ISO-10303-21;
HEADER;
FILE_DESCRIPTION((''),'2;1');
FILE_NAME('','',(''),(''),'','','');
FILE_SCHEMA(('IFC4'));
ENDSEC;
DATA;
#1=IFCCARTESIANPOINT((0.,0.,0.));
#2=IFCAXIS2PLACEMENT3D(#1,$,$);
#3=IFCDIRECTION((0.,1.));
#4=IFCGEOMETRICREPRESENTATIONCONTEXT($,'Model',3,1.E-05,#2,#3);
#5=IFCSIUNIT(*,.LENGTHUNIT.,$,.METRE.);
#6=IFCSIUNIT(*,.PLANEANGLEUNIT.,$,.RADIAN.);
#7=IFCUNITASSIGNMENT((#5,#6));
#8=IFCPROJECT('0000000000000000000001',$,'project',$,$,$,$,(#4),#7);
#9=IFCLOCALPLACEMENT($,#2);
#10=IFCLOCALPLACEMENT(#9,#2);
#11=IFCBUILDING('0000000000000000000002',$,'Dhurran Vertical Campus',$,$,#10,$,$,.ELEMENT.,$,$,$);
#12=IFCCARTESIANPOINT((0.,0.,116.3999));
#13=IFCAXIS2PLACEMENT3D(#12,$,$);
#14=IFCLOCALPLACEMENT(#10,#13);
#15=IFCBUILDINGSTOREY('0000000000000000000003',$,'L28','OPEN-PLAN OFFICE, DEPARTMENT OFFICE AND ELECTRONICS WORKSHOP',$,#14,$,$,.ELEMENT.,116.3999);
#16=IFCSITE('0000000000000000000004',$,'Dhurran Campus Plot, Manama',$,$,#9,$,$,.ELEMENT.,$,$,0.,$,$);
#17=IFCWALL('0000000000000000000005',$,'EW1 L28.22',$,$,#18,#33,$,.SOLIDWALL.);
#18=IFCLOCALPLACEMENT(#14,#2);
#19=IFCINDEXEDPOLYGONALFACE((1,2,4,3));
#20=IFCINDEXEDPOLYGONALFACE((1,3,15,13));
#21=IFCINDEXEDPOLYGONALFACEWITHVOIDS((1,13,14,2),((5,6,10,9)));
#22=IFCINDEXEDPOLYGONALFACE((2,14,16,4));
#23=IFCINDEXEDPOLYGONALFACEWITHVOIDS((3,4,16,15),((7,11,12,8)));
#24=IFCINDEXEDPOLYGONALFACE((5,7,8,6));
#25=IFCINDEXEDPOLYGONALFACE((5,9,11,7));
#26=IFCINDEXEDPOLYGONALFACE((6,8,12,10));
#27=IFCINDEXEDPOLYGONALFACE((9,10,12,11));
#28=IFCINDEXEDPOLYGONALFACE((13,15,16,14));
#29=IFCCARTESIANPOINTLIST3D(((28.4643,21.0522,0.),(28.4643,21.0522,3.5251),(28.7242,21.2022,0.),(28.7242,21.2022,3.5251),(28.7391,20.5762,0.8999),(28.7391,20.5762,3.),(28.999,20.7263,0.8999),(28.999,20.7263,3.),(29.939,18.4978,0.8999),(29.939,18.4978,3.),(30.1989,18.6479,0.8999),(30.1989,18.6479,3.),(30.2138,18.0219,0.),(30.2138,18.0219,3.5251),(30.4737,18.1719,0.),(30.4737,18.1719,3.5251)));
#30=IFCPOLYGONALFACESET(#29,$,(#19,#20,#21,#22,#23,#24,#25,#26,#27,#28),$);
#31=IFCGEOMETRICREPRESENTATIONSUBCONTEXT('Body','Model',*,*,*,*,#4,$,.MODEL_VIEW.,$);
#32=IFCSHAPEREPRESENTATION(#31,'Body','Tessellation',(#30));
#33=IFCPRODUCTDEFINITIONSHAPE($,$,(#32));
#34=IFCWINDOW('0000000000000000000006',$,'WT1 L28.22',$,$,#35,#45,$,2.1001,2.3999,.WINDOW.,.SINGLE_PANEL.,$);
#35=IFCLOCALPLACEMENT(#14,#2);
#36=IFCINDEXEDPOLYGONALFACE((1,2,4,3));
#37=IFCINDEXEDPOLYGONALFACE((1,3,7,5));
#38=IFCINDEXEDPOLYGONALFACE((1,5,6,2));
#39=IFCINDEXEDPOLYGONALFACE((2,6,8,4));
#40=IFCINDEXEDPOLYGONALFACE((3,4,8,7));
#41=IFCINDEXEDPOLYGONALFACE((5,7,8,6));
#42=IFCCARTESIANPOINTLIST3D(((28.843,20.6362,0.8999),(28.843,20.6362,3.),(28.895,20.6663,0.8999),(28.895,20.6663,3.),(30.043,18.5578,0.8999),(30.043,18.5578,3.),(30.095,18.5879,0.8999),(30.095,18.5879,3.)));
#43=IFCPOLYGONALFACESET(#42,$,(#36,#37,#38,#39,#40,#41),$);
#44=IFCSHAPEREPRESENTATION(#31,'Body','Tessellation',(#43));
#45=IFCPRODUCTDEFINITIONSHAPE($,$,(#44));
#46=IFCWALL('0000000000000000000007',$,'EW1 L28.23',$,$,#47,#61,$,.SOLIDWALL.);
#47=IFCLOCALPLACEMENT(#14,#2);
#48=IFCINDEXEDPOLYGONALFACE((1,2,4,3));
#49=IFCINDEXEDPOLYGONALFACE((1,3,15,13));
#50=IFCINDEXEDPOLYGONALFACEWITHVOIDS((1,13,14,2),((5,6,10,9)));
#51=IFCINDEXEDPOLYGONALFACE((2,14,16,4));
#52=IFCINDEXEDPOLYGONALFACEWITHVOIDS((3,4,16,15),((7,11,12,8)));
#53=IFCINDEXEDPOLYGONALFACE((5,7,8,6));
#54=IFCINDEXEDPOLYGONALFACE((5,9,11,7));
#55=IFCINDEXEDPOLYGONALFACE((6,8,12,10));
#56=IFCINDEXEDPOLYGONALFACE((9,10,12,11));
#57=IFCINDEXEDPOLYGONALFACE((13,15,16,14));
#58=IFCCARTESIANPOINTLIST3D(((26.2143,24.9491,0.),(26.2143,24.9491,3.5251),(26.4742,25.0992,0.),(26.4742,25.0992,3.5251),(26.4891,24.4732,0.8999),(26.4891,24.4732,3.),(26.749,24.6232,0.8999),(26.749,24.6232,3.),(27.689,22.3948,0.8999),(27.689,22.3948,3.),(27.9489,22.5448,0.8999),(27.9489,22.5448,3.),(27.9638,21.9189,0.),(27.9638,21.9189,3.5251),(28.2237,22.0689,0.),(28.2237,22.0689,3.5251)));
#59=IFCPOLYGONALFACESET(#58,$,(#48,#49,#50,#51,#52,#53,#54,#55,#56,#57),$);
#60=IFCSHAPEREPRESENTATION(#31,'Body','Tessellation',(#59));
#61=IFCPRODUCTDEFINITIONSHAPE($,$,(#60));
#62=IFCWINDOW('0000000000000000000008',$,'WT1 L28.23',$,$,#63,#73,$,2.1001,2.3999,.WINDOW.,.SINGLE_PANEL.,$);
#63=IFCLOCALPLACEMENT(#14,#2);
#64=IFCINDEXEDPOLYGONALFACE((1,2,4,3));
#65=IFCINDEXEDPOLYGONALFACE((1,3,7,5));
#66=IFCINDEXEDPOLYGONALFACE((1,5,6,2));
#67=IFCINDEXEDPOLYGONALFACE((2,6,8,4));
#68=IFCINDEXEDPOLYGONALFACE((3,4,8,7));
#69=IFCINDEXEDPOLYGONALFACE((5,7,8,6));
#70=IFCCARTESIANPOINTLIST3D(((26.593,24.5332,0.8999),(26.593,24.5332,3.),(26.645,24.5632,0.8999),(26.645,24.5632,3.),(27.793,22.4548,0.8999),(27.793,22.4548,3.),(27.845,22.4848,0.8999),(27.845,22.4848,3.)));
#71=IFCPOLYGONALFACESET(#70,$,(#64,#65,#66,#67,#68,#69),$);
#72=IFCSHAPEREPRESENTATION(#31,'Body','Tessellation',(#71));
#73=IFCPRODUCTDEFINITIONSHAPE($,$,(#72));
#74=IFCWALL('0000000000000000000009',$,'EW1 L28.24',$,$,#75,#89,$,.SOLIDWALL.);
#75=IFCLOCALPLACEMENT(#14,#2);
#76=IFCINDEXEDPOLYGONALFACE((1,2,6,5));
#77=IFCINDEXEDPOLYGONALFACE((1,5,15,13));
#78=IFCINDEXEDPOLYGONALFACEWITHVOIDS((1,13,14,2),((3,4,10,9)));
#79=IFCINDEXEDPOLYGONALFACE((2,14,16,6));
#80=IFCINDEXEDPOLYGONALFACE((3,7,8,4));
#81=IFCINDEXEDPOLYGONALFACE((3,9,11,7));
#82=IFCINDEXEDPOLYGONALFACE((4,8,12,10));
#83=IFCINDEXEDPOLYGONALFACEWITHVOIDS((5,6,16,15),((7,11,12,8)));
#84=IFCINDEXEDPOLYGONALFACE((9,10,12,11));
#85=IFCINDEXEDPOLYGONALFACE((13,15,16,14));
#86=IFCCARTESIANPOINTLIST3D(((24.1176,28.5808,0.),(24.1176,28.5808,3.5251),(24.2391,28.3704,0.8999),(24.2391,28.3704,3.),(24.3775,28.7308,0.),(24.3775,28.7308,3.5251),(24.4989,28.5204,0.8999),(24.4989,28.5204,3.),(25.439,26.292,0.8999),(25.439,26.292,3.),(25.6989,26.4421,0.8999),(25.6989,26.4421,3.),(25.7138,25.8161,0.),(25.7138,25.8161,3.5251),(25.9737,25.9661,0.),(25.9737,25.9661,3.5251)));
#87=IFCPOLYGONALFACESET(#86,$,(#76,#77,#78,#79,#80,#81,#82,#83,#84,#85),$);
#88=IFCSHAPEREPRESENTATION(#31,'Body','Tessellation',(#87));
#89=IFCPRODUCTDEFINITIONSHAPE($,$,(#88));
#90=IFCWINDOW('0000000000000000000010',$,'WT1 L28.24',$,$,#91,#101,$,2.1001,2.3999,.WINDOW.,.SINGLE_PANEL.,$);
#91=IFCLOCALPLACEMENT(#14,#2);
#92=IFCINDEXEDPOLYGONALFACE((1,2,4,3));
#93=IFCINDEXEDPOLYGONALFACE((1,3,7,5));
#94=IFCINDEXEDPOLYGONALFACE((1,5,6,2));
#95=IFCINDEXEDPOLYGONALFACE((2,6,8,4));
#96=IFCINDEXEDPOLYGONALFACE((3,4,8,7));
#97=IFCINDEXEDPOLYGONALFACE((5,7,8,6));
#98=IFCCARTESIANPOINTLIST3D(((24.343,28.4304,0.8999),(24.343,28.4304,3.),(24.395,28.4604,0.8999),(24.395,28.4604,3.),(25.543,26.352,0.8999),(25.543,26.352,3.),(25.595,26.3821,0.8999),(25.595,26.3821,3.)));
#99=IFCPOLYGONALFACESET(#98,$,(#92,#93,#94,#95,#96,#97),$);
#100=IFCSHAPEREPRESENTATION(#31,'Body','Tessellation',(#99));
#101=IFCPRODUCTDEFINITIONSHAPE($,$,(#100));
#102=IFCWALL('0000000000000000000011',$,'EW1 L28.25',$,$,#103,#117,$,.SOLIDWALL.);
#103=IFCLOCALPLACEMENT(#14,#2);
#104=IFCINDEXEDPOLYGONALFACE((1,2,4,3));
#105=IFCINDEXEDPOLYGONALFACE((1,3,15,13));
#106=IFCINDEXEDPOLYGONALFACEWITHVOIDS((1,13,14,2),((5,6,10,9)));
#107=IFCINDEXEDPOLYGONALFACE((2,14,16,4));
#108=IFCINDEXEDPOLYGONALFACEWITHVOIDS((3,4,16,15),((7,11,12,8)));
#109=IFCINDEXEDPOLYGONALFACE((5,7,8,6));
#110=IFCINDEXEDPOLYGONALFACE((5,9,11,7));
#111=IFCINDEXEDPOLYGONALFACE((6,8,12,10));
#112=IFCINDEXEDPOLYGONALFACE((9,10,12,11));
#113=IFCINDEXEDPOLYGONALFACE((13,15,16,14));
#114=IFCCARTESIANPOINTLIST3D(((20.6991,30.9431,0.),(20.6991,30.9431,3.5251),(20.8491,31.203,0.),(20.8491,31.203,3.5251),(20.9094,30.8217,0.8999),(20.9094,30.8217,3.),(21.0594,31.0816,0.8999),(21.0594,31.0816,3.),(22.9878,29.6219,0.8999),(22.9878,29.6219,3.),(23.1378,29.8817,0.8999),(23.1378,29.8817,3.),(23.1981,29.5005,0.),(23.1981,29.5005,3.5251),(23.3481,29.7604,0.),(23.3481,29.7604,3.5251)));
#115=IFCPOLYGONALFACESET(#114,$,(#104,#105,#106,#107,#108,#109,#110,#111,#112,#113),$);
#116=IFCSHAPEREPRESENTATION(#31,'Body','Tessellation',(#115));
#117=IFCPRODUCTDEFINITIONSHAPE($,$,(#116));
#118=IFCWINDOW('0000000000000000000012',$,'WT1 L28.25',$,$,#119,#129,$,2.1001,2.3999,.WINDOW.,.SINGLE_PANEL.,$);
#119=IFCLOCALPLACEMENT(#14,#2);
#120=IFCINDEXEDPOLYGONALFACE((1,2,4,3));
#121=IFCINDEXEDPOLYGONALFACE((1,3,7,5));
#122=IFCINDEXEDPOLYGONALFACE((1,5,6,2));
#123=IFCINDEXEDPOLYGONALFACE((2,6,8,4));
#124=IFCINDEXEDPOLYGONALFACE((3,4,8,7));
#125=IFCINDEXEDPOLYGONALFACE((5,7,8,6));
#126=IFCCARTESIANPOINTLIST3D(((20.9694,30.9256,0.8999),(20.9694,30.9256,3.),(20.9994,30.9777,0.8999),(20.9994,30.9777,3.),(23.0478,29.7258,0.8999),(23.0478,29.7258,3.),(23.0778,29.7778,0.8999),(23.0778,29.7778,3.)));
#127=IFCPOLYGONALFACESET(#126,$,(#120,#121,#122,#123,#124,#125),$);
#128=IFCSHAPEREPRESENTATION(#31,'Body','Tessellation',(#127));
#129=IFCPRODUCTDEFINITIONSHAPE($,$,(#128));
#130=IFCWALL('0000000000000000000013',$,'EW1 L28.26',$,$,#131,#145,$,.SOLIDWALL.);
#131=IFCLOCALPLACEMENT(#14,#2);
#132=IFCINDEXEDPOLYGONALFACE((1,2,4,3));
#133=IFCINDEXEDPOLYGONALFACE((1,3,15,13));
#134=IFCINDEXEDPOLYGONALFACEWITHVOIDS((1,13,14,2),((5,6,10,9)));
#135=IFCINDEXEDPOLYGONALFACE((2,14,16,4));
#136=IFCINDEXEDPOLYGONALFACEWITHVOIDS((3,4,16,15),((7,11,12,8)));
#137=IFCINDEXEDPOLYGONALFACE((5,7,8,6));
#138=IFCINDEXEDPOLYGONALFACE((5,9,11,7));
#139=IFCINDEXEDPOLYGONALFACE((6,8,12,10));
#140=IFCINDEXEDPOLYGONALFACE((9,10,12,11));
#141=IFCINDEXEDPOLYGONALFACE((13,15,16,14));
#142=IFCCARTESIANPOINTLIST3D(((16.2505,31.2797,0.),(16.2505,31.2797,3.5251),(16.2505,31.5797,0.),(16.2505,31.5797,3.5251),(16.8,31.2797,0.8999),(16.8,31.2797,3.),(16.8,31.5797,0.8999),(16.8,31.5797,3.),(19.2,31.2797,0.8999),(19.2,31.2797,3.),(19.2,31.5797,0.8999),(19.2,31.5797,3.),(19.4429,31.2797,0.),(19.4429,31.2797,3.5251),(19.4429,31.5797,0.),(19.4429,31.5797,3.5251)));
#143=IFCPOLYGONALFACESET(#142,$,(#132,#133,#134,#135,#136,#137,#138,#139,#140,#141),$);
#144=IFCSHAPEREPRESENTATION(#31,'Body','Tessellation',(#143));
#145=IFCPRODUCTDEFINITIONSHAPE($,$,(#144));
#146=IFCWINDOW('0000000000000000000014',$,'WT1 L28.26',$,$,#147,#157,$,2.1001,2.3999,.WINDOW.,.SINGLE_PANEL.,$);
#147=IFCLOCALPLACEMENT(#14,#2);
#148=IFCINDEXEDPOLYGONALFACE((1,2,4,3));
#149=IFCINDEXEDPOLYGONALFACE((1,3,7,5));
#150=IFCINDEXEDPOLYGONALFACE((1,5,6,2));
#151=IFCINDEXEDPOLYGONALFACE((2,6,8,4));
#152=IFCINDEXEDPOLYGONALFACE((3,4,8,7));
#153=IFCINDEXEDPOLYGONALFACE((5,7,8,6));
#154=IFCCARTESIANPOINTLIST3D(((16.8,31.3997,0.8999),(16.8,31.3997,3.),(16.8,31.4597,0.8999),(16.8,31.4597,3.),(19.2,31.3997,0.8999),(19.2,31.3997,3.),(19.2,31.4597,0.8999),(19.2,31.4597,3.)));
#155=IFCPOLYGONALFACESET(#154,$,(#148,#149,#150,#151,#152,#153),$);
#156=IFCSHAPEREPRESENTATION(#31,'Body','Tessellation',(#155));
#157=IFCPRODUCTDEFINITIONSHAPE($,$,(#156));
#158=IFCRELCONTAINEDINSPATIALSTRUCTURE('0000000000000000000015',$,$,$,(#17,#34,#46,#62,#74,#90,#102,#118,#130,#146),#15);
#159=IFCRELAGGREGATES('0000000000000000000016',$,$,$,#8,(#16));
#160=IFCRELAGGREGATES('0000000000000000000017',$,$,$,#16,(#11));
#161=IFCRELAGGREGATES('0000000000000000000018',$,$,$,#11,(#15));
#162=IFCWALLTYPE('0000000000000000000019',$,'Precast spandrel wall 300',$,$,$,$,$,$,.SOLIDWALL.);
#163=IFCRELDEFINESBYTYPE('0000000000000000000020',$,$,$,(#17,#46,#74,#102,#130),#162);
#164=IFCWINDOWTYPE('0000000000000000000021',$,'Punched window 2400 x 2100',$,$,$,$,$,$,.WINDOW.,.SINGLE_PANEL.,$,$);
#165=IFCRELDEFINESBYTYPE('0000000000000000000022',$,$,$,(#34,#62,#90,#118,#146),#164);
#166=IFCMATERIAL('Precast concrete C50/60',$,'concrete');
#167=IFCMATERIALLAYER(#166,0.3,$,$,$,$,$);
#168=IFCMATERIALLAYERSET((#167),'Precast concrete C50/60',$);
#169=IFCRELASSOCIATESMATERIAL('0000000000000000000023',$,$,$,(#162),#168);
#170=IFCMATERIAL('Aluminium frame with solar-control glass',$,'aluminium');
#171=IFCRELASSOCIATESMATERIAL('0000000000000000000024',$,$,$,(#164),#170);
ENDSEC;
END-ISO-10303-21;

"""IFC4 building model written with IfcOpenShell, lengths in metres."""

from ifc_helpers import new_model, si_unit, direction, frame, frame_2d, origin, place, context, subcontext, project, spatial, rectangle, extrude, material, layer, layer_set, type_object, element, fill, save


model = new_model("IFC4")

# Units and contexts
model_context = context("Model", 3, precision=1e-05, world=origin(), true_north=direction((0.0, 1.0)))
body_context = subcontext(model_context, "Body", "Model", "MODEL_VIEW")
ifc_project = project(units=[si_unit("LENGTHUNIT", "METRE"), si_unit("PLANEANGLEUNIT", "RADIAN")], contexts=[model_context])

# Site, building, storey
site_placement = place(None, origin())
site = spatial("IfcSite", under=ifc_project, at=site_placement, Name="Dhurran Campus Plot, Manama", CompositionType="ELEMENT", RefElevation=0.0)
building_placement = place(site_placement, origin())
building = spatial("IfcBuilding", under=site, at=building_placement, Name="Dhurran Vertical Campus", CompositionType="ELEMENT")
storey_placement = place(building_placement, frame((0.0, 0.0, 116.3999)))
storey = spatial("IfcBuildingStorey", under=building, at=storey_placement, Name="L28", Description="OPEN-PLAN OFFICE, DEPARTMENT OFFICE AND ELECTRONICS WORKSHOP", CompositionType="ELEMENT", Elevation=116.3999)

# Walls, openings, windows
ifc_material_1 = material(Name="Precast concrete C50/60", Category="concrete")
ifc_layer_1 = layer(ifc_material_1, 0.3)
ifc_layer_set_1 = layer_set([ifc_layer_1], Name="Precast concrete C50/60")
wall_type_1 = type_object("IfcWallType", Name="Precast spandrel wall 300", PredefinedType="SOLIDWALL", material=ifc_layer_set_1)
ifc_material_2 = material(Name="Aluminium frame with solar-control glass", Category="aluminium")
window_type = type_object("IfcWindowType", Name="Punched window 2400 x 2100", PartitioningType="SINGLE_PANEL", PredefinedType="WINDOW", material=ifc_material_2)
wall_1_placement = place(storey_placement, frame((30.3438, 18.0969, 0.0), z_axis=(0.0, 0.0, 1.0), x_axis=(-0.499996, 0.866028, 0.0)))
wall_1 = element("IfcWall", 1, at=wall_1_placement, inside=storey, type_object=wall_type_1, Name="EW1 L28.22", PredefinedType="SOLIDWALL", context=body_context, shape_type="SweptSolid", body=[
    extrude(rectangle(XDim=3.499, YDim=0.3, at=frame_2d((1.7495, 0.0))), origin(), (0.0, 0.0, 1.0), 3.5251),
])
opening_1_placement = place(wall_1_placement, frame((0.5496, 0.0, 0.8999)))
opening_1 = element("IfcOpeningElement", 2, at=opening_1_placement, cuts=wall_1, PredefinedType="OPENING", context=body_context, shape_type="SweptSolid", body=[
    extrude(rectangle(XDim=2.3999, YDim=2.1001, at=frame_2d((1.2, 1.05))), frame((0.0, 0.1599, 0.0), z_axis=(0.0, -1.0, 0.0), x_axis=(1.0, 0.0, 0.0)), (0.0, 0.0, 1.0), 0.3201),
])
window_1_placement = place(opening_1_placement, origin())
window_1 = element("IfcWindow", 3, at=window_1_placement, inside=storey, type_object=window_type, Name="WT1 L28.22", OverallHeight=2.1001, OverallWidth=2.3999, PartitioningType="SINGLE_PANEL", PredefinedType="WINDOW", context=body_context, shape_type="SweptSolid", body=[
    extrude(rectangle(XDim=2.3999, YDim=2.1001, at=frame_2d((1.2, 1.05))), frame((0.0, 0.03, 0.0), z_axis=(0.0, -1.0, 0.0), x_axis=(1.0, 0.0, 0.0)), (0.0, 0.0, 1.0), 0.0601),
])
fill(opening_1, window_1)
wall_2_placement = place(storey_placement, frame((28.0938, 21.9939, 0.0), z_axis=(0.0, 0.0, 1.0), x_axis=(-0.499996, 0.866028, 0.0)))
wall_2 = element("IfcWall", 4, at=wall_2_placement, inside=storey, type_object=wall_type_1, Name="EW1 L28.23", PredefinedType="SOLIDWALL", context=body_context, shape_type="SweptSolid", body=[
    extrude(rectangle(XDim=3.499, YDim=0.3, at=frame_2d((1.7495, 0.0))), origin(), (0.0, 0.0, 1.0), 3.5251),
])
opening_2_placement = place(wall_2_placement, frame((0.5496, 0.0, 0.8999)))
opening_2 = element("IfcOpeningElement", 5, at=opening_2_placement, cuts=wall_2, PredefinedType="OPENING", context=body_context, shape_type="SweptSolid", body=[
    extrude(rectangle(XDim=2.3999, YDim=2.1001, at=frame_2d((1.2, 1.05))), frame((0.0, 0.1599, 0.0), z_axis=(0.0, -1.0, 0.0), x_axis=(1.0, 0.0, 0.0)), (0.0, 0.0, 1.0), 0.3201),
])
window_2_placement = place(opening_2_placement, origin())
window_2 = element("IfcWindow", 6, at=window_2_placement, inside=storey, type_object=window_type, Name="WT1 L28.23", OverallHeight=2.1001, OverallWidth=2.3999, PartitioningType="SINGLE_PANEL", PredefinedType="WINDOW", context=body_context, shape_type="SweptSolid", body=[
    extrude(rectangle(XDim=2.3999, YDim=2.1001, at=frame_2d((1.2, 1.05))), frame((0.0, 0.03, 0.0), z_axis=(0.0, -1.0, 0.0), x_axis=(1.0, 0.0, 0.0)), (0.0, 0.0, 1.0), 0.0601),
])
fill(opening_2, window_2)
wall_3_placement = place(storey_placement, frame((25.8438, 25.8911, 0.0), z_axis=(0.0, 0.0, 1.0), x_axis=(-0.500005, 0.866023, 0.0)))
wall_3 = element("IfcWall", 7, at=wall_3_placement, inside=storey, type_object=wall_type_1, Name="EW1 L28.24", PredefinedType="SOLIDWALL", context=body_context, shape_type="SweptSolid", body=[
    extrude(rectangle(XDim=3.1924, YDim=0.3, at=frame_2d((1.5962, 0.0))), origin(), (0.0, 0.0, 1.0), 3.5251),
])
opening_3_placement = place(wall_3_placement, frame((0.5496, 0.0, 0.8999)))
opening_3 = element("IfcOpeningElement", 8, at=opening_3_placement, cuts=wall_3, PredefinedType="OPENING", context=body_context, shape_type="SweptSolid", body=[
    extrude(rectangle(XDim=2.3999, YDim=2.1001, at=frame_2d((1.2, 1.05))), frame((0.0, 0.1599, 0.0), z_axis=(0.0, -1.0, 0.0), x_axis=(1.0, 0.0, 0.0)), (0.0, 0.0, 1.0), 0.3201),
])
window_3_placement = place(opening_3_placement, origin())
window_3 = element("IfcWindow", 9, at=window_3_placement, inside=storey, type_object=window_type, Name="WT1 L28.24", OverallHeight=2.1001, OverallWidth=2.3999, PartitioningType="SINGLE_PANEL", PredefinedType="WINDOW", context=body_context, shape_type="SweptSolid", body=[
    extrude(rectangle(XDim=2.3999, YDim=2.1001, at=frame_2d((1.2, 1.05))), frame((0.0, 0.03, 0.0), z_axis=(0.0, -1.0, 0.0), x_axis=(1.0, 0.0, 0.0)), (0.0, 0.0, 1.0), 0.0601),
])
fill(opening_3, window_3)
wall_4_placement = place(storey_placement, frame((23.2732, 29.6304, 0.0), z_axis=(0.0, 0.0, 1.0), x_axis=(-0.866053, 0.499952, 0.0)))
wall_4 = element("IfcWall", 10, at=wall_4_placement, inside=storey, type_object=wall_type_1, Name="EW1 L28.25", PredefinedType="SOLIDWALL", context=body_context, shape_type="SweptSolid", body=[
    extrude(rectangle(XDim=2.8855, YDim=0.3, at=frame_2d((1.4429, 0.0))), origin(), (0.0, 0.0, 1.0), 3.5251),
])
opening_4_placement = place(wall_4_placement, frame((0.2429, 0.0, 0.8999)))
opening_4 = element("IfcOpeningElement", 11, at=opening_4_placement, cuts=wall_4, PredefinedType="OPENING", context=body_context, shape_type="SweptSolid", body=[
    extrude(rectangle(XDim=2.3999, YDim=2.1001, at=frame_2d((1.2, 1.05))), frame((0.0, 0.1599, 0.0), z_axis=(0.0, -1.0, 0.0), x_axis=(1.0, 0.0, 0.0)), (0.0, 0.0, 1.0), 0.3201),
])
window_4_placement = place(opening_4_placement, origin())
window_4 = element("IfcWindow", 12, at=window_4_placement, inside=storey, type_object=window_type, Name="WT1 L28.25", OverallHeight=2.1001, OverallWidth=2.3999, PartitioningType="SINGLE_PANEL", PredefinedType="WINDOW", context=body_context, shape_type="SweptSolid", body=[
    extrude(rectangle(XDim=2.3999, YDim=2.1001, at=frame_2d((1.2, 1.05))), frame((0.0, 0.03, 0.0), z_axis=(0.0, -1.0, 0.0), x_axis=(1.0, 0.0, 0.0)), (0.0, 0.0, 1.0), 0.0601),
])
fill(opening_4, window_4)
wall_5_placement = place(storey_placement, frame((19.4429, 31.4297, 0.0), z_axis=(0.0, 0.0, 1.0), x_axis=(-1.0, 0.0, 0.0)))
wall_5 = element("IfcWall", 13, at=wall_5_placement, inside=storey, type_object=wall_type_1, Name="EW1 L28.26", PredefinedType="SOLIDWALL", context=body_context, shape_type="SweptSolid", body=[
    extrude(rectangle(XDim=3.1924, YDim=0.3, at=frame_2d((1.5962, 0.0))), origin(), (0.0, 0.0, 1.0), 3.5251),
])
opening_5_placement = place(wall_5_placement, frame((0.2429, 0.0, 0.8999)))
opening_5 = element("IfcOpeningElement", 14, at=opening_5_placement, cuts=wall_5, PredefinedType="OPENING", context=body_context, shape_type="SweptSolid", body=[
    extrude(rectangle(XDim=2.3999, YDim=2.1001, at=frame_2d((1.2, 1.05))), frame((0.0, 0.1599, 0.0), z_axis=(0.0, -1.0, 0.0), x_axis=(1.0, 0.0, 0.0)), (0.0, 0.0, 1.0), 0.3201),
])
window_5_placement = place(opening_5_placement, origin())
window_5 = element("IfcWindow", 15, at=window_5_placement, inside=storey, type_object=window_type, Name="WT1 L28.26", OverallHeight=2.1001, OverallWidth=2.3999, PartitioningType="SINGLE_PANEL", PredefinedType="WINDOW", context=body_context, shape_type="SweptSolid", body=[
    extrude(rectangle(XDim=2.3999, YDim=2.1001, at=frame_2d((1.2, 1.05))), frame((0.0, 0.03, 0.0), z_axis=(0.0, -1.0, 0.0), x_axis=(1.0, 0.0, 0.0)), (0.0, 0.0, 1.0), 0.0601),
])
fill(opening_5, window_5)

save(model, "model.ifc")
